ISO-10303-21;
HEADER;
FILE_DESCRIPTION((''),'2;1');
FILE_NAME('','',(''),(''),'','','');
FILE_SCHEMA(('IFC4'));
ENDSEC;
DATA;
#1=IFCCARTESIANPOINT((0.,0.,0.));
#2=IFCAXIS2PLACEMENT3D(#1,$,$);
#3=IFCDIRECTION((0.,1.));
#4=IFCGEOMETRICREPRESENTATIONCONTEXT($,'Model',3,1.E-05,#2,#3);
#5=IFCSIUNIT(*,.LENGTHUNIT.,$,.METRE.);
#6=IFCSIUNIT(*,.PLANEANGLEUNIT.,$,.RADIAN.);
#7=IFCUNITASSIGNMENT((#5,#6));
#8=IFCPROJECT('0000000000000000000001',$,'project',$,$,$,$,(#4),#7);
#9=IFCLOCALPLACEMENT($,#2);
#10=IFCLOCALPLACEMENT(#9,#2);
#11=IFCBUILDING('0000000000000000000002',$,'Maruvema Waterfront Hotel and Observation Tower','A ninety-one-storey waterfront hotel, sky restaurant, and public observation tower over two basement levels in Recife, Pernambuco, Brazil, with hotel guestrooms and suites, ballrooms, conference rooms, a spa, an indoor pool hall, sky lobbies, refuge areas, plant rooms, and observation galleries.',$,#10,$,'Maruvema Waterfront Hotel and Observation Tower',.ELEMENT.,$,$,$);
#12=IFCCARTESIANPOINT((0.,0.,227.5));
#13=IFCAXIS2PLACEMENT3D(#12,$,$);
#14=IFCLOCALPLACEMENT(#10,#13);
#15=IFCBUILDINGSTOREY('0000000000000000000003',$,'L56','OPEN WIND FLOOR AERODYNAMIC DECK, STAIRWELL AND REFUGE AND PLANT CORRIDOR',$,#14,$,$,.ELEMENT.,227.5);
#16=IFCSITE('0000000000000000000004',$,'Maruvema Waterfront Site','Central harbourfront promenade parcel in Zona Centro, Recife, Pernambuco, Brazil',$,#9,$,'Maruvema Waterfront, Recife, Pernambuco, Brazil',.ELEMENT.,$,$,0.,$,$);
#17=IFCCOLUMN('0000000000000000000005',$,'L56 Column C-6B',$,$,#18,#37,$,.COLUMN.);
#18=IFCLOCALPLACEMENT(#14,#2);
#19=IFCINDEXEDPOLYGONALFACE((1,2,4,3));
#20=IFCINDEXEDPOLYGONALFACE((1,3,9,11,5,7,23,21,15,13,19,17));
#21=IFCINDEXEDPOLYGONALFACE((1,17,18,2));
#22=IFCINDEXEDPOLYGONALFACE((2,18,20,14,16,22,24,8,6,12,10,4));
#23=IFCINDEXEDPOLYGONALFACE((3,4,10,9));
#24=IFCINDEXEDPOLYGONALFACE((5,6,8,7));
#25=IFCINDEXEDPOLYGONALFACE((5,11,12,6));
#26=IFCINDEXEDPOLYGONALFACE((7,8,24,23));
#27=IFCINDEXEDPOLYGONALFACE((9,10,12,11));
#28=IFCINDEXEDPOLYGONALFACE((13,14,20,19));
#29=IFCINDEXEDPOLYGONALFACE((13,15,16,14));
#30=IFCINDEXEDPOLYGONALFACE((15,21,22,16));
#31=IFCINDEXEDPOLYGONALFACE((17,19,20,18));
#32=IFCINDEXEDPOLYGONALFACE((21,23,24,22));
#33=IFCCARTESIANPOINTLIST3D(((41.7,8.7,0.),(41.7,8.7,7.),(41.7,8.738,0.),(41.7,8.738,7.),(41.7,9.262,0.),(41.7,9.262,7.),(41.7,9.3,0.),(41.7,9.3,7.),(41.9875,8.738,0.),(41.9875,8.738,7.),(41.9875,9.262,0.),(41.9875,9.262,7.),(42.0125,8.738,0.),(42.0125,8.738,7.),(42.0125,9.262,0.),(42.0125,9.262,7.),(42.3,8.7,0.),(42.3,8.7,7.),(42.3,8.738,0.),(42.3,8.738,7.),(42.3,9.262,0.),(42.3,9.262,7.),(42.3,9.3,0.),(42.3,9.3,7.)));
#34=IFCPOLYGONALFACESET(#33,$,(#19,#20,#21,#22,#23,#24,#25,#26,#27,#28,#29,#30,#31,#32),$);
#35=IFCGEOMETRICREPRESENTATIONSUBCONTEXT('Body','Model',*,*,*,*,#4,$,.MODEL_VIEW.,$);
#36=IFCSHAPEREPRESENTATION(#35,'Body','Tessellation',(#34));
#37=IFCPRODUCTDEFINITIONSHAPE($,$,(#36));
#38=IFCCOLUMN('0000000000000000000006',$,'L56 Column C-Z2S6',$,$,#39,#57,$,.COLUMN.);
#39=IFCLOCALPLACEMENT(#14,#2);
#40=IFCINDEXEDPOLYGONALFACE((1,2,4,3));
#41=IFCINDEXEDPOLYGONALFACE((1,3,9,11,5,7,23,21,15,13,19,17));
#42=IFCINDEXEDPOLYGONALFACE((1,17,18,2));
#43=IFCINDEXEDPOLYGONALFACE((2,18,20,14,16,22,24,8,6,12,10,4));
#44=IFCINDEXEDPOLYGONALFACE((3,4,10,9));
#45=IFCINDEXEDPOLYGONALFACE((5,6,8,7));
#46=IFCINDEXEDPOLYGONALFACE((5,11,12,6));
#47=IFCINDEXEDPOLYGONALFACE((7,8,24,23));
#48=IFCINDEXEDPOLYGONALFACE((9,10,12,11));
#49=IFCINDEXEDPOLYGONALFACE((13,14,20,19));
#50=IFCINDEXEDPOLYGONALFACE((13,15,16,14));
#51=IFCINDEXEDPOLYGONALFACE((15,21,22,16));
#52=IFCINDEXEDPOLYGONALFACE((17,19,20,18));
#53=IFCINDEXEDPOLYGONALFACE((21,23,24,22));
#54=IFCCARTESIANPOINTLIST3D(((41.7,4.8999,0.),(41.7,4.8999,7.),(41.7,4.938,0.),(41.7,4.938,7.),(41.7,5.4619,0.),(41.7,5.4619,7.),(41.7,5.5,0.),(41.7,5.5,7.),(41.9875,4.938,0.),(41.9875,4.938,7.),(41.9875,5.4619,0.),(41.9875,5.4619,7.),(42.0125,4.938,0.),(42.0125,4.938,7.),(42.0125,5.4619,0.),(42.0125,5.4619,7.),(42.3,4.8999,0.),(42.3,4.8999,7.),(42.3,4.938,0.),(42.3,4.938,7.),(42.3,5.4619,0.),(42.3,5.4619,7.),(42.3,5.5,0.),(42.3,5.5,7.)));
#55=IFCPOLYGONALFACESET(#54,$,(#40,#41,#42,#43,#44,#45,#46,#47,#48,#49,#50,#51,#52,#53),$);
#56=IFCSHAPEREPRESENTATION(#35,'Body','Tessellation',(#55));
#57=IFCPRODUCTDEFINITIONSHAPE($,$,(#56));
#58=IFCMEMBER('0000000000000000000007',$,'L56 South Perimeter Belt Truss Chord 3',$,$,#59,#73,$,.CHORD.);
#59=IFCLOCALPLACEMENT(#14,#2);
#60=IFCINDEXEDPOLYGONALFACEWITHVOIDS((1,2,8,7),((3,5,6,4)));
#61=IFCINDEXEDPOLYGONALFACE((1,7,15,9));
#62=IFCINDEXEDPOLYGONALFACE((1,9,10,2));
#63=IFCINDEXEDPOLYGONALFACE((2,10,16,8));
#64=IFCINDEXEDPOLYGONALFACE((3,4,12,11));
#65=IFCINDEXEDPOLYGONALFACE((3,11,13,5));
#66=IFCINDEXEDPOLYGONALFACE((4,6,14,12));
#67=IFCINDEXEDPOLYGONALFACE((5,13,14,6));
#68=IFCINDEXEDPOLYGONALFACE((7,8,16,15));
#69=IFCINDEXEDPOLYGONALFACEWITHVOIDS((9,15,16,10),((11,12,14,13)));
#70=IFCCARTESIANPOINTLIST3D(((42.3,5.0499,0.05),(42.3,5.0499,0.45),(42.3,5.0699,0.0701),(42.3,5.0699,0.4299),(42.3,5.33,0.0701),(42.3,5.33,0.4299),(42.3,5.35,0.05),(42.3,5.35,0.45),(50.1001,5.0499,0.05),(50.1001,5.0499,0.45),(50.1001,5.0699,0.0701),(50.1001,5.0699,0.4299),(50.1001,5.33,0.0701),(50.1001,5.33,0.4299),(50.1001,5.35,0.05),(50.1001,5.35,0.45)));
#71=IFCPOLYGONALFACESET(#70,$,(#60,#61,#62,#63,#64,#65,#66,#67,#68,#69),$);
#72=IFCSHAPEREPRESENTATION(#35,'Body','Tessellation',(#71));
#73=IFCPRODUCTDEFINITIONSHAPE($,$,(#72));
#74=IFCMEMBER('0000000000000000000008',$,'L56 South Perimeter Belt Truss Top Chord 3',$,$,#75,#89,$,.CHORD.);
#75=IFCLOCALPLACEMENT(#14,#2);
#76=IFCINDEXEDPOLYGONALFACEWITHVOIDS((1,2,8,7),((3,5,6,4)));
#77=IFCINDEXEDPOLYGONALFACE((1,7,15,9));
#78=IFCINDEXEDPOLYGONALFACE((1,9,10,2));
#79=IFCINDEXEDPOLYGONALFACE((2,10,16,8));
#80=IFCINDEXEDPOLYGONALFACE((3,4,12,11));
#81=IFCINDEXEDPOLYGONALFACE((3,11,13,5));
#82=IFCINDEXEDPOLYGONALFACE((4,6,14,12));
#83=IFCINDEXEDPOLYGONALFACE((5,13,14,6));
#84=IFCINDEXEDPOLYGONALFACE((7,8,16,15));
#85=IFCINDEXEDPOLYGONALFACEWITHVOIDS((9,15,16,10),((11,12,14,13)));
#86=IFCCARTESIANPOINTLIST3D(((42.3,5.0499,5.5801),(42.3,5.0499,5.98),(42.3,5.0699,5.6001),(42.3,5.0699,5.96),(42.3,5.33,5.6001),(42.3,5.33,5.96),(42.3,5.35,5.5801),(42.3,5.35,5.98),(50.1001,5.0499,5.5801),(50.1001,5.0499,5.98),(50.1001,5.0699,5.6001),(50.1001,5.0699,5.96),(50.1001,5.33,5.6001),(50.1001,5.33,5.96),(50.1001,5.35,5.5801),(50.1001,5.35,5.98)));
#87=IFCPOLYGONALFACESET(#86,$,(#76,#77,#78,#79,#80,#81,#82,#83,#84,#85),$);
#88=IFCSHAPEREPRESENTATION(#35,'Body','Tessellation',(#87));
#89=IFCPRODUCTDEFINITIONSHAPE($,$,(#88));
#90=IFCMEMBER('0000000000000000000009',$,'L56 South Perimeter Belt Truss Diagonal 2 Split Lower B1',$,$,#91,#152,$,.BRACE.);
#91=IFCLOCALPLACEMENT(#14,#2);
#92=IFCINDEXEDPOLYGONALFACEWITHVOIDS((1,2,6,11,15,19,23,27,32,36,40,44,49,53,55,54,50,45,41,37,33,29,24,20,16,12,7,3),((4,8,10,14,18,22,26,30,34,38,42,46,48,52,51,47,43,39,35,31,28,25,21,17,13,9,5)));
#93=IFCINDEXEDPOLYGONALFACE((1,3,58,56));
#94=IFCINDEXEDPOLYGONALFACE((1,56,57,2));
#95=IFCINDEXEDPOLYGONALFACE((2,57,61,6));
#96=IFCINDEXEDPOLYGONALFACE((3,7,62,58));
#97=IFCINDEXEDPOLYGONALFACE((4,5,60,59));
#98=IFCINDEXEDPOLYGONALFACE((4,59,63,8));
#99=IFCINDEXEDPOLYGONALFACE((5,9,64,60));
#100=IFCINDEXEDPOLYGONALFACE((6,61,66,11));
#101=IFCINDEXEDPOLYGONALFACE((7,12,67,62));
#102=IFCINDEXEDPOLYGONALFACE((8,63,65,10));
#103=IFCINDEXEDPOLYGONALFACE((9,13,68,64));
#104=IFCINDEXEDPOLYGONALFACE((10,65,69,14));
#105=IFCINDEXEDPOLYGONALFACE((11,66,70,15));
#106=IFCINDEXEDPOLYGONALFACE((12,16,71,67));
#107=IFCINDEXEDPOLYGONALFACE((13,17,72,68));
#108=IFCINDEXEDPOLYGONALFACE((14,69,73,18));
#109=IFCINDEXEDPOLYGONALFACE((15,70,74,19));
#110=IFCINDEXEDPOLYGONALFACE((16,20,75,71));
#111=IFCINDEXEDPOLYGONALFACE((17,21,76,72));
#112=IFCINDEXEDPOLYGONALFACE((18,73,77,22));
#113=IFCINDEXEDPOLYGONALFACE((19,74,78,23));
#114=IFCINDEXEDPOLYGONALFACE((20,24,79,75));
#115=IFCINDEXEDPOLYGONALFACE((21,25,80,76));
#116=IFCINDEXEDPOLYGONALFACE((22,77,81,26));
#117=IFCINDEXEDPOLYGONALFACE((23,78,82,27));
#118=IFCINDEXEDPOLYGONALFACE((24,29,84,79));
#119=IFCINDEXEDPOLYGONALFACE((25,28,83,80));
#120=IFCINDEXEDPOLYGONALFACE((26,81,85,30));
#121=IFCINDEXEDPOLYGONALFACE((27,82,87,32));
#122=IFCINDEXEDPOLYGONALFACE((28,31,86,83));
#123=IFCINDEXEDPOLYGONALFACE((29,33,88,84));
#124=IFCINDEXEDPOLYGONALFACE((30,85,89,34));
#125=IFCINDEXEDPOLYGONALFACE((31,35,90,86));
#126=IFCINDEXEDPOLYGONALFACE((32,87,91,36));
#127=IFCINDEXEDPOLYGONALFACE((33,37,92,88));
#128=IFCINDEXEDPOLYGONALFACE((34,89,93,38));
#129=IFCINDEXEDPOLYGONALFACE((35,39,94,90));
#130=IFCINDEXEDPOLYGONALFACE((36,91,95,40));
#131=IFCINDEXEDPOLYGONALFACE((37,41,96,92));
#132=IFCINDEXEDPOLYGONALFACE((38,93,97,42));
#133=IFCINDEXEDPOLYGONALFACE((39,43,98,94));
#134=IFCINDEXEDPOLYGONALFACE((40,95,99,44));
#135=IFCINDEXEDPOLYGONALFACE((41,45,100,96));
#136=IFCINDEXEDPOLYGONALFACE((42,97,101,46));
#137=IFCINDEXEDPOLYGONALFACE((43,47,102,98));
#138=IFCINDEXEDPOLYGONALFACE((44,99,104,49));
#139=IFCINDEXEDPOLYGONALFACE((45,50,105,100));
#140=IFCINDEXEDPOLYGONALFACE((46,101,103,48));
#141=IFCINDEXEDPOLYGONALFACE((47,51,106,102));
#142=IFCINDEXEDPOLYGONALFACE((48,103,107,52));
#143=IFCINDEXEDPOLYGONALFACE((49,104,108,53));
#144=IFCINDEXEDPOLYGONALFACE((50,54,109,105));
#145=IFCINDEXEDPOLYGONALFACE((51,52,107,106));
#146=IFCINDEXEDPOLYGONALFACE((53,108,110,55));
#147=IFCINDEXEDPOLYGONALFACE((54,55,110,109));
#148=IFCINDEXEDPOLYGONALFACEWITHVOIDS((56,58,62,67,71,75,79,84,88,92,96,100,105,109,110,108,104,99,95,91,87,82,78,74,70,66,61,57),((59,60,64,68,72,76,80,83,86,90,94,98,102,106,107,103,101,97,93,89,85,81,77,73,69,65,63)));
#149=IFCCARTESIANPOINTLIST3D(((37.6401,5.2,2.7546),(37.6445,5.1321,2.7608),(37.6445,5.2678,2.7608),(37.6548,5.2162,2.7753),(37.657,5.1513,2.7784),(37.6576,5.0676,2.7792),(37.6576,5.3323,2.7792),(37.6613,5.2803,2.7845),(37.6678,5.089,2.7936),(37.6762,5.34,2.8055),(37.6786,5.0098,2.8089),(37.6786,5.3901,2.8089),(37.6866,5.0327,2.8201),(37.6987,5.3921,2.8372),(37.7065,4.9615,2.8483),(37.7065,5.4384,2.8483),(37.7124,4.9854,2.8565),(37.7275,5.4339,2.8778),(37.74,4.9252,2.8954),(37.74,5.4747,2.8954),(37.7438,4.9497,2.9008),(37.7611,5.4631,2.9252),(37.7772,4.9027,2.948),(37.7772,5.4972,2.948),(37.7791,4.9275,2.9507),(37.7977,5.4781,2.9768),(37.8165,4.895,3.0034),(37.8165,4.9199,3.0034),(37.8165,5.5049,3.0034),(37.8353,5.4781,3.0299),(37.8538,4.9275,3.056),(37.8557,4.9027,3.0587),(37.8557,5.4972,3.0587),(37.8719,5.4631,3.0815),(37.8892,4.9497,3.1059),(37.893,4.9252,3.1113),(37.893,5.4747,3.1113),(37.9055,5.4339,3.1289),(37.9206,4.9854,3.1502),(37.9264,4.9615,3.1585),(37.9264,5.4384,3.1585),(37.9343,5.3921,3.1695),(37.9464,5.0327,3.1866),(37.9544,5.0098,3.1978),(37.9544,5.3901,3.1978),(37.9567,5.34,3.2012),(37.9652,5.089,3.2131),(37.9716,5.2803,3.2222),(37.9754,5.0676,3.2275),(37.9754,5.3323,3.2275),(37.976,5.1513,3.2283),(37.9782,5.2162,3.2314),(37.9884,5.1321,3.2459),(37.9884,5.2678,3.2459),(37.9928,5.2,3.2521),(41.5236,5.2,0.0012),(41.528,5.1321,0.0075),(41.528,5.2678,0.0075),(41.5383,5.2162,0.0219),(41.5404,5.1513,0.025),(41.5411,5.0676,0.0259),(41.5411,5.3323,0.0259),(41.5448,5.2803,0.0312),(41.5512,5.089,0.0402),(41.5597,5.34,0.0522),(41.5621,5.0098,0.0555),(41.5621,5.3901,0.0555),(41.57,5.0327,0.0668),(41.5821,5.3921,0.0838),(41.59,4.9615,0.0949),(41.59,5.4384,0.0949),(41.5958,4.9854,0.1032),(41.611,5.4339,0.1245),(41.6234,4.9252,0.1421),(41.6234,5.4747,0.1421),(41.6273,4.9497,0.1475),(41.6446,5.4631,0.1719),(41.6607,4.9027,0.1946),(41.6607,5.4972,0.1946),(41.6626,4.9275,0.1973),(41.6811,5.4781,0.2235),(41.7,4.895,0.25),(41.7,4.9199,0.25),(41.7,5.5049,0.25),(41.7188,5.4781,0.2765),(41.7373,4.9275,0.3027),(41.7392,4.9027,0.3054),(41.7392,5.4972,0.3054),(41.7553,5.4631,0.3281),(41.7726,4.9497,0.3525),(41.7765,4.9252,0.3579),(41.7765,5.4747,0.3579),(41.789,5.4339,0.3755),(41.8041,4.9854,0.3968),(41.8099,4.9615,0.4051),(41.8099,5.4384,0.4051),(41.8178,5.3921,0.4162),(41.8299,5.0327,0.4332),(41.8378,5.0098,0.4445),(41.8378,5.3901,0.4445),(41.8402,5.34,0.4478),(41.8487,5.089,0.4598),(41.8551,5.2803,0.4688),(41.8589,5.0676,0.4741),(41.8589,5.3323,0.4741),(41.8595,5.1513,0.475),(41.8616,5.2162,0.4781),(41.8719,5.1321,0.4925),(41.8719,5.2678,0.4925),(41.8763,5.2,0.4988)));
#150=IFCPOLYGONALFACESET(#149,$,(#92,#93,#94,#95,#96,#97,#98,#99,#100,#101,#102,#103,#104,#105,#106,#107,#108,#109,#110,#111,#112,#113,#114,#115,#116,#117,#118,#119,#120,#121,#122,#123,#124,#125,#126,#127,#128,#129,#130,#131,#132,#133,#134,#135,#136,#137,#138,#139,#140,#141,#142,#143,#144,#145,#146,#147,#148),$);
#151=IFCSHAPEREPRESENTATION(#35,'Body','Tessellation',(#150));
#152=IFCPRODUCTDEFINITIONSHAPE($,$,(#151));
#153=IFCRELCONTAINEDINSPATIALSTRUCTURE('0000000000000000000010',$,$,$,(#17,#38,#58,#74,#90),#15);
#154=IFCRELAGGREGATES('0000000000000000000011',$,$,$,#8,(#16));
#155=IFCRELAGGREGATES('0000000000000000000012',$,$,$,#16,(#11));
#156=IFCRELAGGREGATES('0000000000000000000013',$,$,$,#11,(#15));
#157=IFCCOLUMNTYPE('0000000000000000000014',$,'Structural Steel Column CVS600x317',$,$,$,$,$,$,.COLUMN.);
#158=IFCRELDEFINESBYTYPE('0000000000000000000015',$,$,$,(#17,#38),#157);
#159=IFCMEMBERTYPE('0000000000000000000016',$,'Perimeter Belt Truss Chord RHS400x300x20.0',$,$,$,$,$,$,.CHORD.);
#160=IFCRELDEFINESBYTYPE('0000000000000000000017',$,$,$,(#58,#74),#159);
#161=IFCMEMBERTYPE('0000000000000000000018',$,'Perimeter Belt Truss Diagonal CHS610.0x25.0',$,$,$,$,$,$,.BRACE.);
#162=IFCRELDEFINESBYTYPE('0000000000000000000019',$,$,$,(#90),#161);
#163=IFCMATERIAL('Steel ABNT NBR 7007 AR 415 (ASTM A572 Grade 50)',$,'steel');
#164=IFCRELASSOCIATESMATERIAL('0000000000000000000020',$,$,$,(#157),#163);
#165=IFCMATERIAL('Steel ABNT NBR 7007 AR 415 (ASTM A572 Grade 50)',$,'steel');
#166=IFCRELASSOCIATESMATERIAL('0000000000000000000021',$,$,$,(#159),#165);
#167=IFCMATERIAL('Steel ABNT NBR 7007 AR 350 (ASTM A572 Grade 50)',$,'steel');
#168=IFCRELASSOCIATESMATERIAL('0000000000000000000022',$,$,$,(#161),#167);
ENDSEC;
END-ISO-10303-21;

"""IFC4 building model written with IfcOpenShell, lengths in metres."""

from ifc_helpers import new_model, si_unit, direction, frame, origin, origin_2d, place, context, subcontext, project, spatial, hollow_rectangle, hollow_circle, i_section, extrude, material, material_profile, profile_set, type_object, element, save


model = new_model("IFC4")

# Units and contexts
model_context = context("Model", 3, precision=1e-05, world=origin(), true_north=direction((0.0, 1.0)))
body_context = subcontext(model_context, "Body", "Model", "MODEL_VIEW")
ifc_project = project(units=[si_unit("LENGTHUNIT", "METRE"), si_unit("PLANEANGLEUNIT", "RADIAN")], contexts=[model_context])

# Site, building, storey
site_placement = place(None, origin())
site = spatial("IfcSite", under=ifc_project, at=site_placement, Name="Maruvema Waterfront Site", Description="Central harbourfront promenade parcel in Zona Centro, Recife, Pernambuco, Brazil", LongName="Maruvema Waterfront, Recife, Pernambuco, Brazil", CompositionType="ELEMENT", RefElevation=0.0)
building_placement = place(site_placement, origin())
building = spatial("IfcBuilding", under=site, at=building_placement, Name="Maruvema Waterfront Hotel and Observation Tower", Description="A ninety-one-storey waterfront hotel, sky restaurant, and public observation tower over two basement levels in Recife, Pernambuco, Brazil, with hotel guestrooms and suites, ballrooms, conference rooms, a spa, an indoor pool hall, sky lobbies, refuge areas, plant rooms, and observation galleries.", LongName="Maruvema Waterfront Hotel and Observation Tower", CompositionType="ELEMENT")
storey_placement = place(building_placement, frame((0.0, 0.0, 227.5)))
storey = spatial("IfcBuildingStorey", under=building, at=storey_placement, Name="L56", Description="OPEN WIND FLOOR AERODYNAMIC DECK, STAIRWELL AND REFUGE AND PLANT CORRIDOR", CompositionType="ELEMENT", Elevation=227.5)

# Columns
ifc_material_1 = material(Name="Steel ABNT NBR 7007 AR 415 (ASTM A572 Grade 50)", Category="steel")
ifc_material_profile_1 = material_profile(ifc_material_1, i_section(OverallWidth=0.6001, OverallDepth=0.6001, WebThickness=0.0249, FlangeThickness=0.0381, at=origin_2d()), Name="CVS600x317")
ifc_profile_set_1 = profile_set([ifc_material_profile_1], Name="Steel ABNT NBR 7007 AR 415 (ASTM A572 Grade 50)")
column_type = type_object("IfcColumnType", Name="Structural Steel Column CVS600x317", PredefinedType="COLUMN", material=ifc_profile_set_1)
for number, where, z_axis, x_axis, name in (
    (1, (42.0, 9.0, 0.0), (0.0, 0.0, 1.0), (1.0, 0.0, 0.0), "L56 Column C-6B"),
    (2, (42.0, 5.2, 0.0), (0.0, 0.0, 1.0), (1.0, 0.0, 0.0), "L56 Column C-Z2S6"),
):
    element("IfcColumn", number, at=place(storey_placement, frame(where, z_axis=z_axis, x_axis=x_axis)), inside=storey, type_object=column_type, Name=name, PredefinedType="COLUMN", context=body_context, shape_type="SweptSolid", body=[
        extrude(i_section(OverallWidth=0.6001, OverallDepth=0.6001, WebThickness=0.0249, FlangeThickness=0.0381, at=origin_2d()), origin(), (0.0, 0.0, 1.0), 7.0),
    ])

# Members
ifc_material_2 = material(Name="Steel ABNT NBR 7007 AR 415 (ASTM A572 Grade 50)", Category="steel")
ifc_material_profile_2 = material_profile(ifc_material_2, hollow_rectangle(XDim=0.3, YDim=0.3999, WallThickness=0.02, at=origin_2d()), Name="RHS400x300x20.0")
ifc_profile_set_2 = profile_set([ifc_material_profile_2], Name="Steel ABNT NBR 7007 AR 415 (ASTM A572 Grade 50)")
member_type_1 = type_object("IfcMemberType", Name="Perimeter Belt Truss Chord RHS400x300x20.0", PredefinedType="CHORD", material=ifc_profile_set_2)
for number, where, z_axis, x_axis, name in (
    (3, (42.3, 5.2, 0.25), (1.0, 0.0, 0.0), (0.0, 1.0, 0.0), "L56 South Perimeter Belt Truss Chord 3"),
    (4, (42.3, 5.2, 5.78), (1.0, 0.0, 0.0), (0.0, 1.0, 0.0), "L56 South Perimeter Belt Truss Top Chord 3"),
):
    element("IfcMember", number, at=place(storey_placement, frame(where, z_axis=z_axis, x_axis=x_axis)), inside=storey, type_object=member_type_1, Name=name, PredefinedType="CHORD", context=body_context, shape_type="SweptSolid", body=[
        extrude(hollow_rectangle(XDim=0.3, YDim=0.3999, WallThickness=0.02, at=origin_2d()), origin(), (0.0, 0.0, 1.0), 7.8),
    ])
ifc_material_3 = material(Name="Steel ABNT NBR 7007 AR 350 (ASTM A572 Grade 50)", Category="steel")
ifc_material_profile_3 = material_profile(ifc_material_3, hollow_circle(Radius=0.3049, WallThickness=0.0249, at=origin_2d()), Name="CHS610.0x25.0")
ifc_profile_set_3 = profile_set([ifc_material_profile_3], Name="Steel ABNT NBR 7007 AR 350 (ASTM A572 Grade 50)")
member_type_2 = type_object("IfcMemberType", Name="Perimeter Belt Truss Diagonal CHS610.0x25.0", PredefinedType="BRACE", material=ifc_profile_set_3)
member_1_placement = place(storey_placement, frame((41.7, 5.2, 0.25), z_axis=(-0.815769, 0.0, 0.578377), x_axis=(0.0, -1.0, 0.0)))
element("IfcMember", 5, at=member_1_placement, inside=storey, type_object=member_type_2, Name="L56 South Perimeter Belt Truss Diagonal 2 Split Lower B1", PredefinedType="BRACE", context=body_context, shape_type="SweptSolid", body=[
    extrude(hollow_circle(Radius=0.3049, WallThickness=0.0249, at=origin_2d()), origin(), (0.0, 0.0, 1.0), 4.7605),
])

save(model, "model.ifc")
